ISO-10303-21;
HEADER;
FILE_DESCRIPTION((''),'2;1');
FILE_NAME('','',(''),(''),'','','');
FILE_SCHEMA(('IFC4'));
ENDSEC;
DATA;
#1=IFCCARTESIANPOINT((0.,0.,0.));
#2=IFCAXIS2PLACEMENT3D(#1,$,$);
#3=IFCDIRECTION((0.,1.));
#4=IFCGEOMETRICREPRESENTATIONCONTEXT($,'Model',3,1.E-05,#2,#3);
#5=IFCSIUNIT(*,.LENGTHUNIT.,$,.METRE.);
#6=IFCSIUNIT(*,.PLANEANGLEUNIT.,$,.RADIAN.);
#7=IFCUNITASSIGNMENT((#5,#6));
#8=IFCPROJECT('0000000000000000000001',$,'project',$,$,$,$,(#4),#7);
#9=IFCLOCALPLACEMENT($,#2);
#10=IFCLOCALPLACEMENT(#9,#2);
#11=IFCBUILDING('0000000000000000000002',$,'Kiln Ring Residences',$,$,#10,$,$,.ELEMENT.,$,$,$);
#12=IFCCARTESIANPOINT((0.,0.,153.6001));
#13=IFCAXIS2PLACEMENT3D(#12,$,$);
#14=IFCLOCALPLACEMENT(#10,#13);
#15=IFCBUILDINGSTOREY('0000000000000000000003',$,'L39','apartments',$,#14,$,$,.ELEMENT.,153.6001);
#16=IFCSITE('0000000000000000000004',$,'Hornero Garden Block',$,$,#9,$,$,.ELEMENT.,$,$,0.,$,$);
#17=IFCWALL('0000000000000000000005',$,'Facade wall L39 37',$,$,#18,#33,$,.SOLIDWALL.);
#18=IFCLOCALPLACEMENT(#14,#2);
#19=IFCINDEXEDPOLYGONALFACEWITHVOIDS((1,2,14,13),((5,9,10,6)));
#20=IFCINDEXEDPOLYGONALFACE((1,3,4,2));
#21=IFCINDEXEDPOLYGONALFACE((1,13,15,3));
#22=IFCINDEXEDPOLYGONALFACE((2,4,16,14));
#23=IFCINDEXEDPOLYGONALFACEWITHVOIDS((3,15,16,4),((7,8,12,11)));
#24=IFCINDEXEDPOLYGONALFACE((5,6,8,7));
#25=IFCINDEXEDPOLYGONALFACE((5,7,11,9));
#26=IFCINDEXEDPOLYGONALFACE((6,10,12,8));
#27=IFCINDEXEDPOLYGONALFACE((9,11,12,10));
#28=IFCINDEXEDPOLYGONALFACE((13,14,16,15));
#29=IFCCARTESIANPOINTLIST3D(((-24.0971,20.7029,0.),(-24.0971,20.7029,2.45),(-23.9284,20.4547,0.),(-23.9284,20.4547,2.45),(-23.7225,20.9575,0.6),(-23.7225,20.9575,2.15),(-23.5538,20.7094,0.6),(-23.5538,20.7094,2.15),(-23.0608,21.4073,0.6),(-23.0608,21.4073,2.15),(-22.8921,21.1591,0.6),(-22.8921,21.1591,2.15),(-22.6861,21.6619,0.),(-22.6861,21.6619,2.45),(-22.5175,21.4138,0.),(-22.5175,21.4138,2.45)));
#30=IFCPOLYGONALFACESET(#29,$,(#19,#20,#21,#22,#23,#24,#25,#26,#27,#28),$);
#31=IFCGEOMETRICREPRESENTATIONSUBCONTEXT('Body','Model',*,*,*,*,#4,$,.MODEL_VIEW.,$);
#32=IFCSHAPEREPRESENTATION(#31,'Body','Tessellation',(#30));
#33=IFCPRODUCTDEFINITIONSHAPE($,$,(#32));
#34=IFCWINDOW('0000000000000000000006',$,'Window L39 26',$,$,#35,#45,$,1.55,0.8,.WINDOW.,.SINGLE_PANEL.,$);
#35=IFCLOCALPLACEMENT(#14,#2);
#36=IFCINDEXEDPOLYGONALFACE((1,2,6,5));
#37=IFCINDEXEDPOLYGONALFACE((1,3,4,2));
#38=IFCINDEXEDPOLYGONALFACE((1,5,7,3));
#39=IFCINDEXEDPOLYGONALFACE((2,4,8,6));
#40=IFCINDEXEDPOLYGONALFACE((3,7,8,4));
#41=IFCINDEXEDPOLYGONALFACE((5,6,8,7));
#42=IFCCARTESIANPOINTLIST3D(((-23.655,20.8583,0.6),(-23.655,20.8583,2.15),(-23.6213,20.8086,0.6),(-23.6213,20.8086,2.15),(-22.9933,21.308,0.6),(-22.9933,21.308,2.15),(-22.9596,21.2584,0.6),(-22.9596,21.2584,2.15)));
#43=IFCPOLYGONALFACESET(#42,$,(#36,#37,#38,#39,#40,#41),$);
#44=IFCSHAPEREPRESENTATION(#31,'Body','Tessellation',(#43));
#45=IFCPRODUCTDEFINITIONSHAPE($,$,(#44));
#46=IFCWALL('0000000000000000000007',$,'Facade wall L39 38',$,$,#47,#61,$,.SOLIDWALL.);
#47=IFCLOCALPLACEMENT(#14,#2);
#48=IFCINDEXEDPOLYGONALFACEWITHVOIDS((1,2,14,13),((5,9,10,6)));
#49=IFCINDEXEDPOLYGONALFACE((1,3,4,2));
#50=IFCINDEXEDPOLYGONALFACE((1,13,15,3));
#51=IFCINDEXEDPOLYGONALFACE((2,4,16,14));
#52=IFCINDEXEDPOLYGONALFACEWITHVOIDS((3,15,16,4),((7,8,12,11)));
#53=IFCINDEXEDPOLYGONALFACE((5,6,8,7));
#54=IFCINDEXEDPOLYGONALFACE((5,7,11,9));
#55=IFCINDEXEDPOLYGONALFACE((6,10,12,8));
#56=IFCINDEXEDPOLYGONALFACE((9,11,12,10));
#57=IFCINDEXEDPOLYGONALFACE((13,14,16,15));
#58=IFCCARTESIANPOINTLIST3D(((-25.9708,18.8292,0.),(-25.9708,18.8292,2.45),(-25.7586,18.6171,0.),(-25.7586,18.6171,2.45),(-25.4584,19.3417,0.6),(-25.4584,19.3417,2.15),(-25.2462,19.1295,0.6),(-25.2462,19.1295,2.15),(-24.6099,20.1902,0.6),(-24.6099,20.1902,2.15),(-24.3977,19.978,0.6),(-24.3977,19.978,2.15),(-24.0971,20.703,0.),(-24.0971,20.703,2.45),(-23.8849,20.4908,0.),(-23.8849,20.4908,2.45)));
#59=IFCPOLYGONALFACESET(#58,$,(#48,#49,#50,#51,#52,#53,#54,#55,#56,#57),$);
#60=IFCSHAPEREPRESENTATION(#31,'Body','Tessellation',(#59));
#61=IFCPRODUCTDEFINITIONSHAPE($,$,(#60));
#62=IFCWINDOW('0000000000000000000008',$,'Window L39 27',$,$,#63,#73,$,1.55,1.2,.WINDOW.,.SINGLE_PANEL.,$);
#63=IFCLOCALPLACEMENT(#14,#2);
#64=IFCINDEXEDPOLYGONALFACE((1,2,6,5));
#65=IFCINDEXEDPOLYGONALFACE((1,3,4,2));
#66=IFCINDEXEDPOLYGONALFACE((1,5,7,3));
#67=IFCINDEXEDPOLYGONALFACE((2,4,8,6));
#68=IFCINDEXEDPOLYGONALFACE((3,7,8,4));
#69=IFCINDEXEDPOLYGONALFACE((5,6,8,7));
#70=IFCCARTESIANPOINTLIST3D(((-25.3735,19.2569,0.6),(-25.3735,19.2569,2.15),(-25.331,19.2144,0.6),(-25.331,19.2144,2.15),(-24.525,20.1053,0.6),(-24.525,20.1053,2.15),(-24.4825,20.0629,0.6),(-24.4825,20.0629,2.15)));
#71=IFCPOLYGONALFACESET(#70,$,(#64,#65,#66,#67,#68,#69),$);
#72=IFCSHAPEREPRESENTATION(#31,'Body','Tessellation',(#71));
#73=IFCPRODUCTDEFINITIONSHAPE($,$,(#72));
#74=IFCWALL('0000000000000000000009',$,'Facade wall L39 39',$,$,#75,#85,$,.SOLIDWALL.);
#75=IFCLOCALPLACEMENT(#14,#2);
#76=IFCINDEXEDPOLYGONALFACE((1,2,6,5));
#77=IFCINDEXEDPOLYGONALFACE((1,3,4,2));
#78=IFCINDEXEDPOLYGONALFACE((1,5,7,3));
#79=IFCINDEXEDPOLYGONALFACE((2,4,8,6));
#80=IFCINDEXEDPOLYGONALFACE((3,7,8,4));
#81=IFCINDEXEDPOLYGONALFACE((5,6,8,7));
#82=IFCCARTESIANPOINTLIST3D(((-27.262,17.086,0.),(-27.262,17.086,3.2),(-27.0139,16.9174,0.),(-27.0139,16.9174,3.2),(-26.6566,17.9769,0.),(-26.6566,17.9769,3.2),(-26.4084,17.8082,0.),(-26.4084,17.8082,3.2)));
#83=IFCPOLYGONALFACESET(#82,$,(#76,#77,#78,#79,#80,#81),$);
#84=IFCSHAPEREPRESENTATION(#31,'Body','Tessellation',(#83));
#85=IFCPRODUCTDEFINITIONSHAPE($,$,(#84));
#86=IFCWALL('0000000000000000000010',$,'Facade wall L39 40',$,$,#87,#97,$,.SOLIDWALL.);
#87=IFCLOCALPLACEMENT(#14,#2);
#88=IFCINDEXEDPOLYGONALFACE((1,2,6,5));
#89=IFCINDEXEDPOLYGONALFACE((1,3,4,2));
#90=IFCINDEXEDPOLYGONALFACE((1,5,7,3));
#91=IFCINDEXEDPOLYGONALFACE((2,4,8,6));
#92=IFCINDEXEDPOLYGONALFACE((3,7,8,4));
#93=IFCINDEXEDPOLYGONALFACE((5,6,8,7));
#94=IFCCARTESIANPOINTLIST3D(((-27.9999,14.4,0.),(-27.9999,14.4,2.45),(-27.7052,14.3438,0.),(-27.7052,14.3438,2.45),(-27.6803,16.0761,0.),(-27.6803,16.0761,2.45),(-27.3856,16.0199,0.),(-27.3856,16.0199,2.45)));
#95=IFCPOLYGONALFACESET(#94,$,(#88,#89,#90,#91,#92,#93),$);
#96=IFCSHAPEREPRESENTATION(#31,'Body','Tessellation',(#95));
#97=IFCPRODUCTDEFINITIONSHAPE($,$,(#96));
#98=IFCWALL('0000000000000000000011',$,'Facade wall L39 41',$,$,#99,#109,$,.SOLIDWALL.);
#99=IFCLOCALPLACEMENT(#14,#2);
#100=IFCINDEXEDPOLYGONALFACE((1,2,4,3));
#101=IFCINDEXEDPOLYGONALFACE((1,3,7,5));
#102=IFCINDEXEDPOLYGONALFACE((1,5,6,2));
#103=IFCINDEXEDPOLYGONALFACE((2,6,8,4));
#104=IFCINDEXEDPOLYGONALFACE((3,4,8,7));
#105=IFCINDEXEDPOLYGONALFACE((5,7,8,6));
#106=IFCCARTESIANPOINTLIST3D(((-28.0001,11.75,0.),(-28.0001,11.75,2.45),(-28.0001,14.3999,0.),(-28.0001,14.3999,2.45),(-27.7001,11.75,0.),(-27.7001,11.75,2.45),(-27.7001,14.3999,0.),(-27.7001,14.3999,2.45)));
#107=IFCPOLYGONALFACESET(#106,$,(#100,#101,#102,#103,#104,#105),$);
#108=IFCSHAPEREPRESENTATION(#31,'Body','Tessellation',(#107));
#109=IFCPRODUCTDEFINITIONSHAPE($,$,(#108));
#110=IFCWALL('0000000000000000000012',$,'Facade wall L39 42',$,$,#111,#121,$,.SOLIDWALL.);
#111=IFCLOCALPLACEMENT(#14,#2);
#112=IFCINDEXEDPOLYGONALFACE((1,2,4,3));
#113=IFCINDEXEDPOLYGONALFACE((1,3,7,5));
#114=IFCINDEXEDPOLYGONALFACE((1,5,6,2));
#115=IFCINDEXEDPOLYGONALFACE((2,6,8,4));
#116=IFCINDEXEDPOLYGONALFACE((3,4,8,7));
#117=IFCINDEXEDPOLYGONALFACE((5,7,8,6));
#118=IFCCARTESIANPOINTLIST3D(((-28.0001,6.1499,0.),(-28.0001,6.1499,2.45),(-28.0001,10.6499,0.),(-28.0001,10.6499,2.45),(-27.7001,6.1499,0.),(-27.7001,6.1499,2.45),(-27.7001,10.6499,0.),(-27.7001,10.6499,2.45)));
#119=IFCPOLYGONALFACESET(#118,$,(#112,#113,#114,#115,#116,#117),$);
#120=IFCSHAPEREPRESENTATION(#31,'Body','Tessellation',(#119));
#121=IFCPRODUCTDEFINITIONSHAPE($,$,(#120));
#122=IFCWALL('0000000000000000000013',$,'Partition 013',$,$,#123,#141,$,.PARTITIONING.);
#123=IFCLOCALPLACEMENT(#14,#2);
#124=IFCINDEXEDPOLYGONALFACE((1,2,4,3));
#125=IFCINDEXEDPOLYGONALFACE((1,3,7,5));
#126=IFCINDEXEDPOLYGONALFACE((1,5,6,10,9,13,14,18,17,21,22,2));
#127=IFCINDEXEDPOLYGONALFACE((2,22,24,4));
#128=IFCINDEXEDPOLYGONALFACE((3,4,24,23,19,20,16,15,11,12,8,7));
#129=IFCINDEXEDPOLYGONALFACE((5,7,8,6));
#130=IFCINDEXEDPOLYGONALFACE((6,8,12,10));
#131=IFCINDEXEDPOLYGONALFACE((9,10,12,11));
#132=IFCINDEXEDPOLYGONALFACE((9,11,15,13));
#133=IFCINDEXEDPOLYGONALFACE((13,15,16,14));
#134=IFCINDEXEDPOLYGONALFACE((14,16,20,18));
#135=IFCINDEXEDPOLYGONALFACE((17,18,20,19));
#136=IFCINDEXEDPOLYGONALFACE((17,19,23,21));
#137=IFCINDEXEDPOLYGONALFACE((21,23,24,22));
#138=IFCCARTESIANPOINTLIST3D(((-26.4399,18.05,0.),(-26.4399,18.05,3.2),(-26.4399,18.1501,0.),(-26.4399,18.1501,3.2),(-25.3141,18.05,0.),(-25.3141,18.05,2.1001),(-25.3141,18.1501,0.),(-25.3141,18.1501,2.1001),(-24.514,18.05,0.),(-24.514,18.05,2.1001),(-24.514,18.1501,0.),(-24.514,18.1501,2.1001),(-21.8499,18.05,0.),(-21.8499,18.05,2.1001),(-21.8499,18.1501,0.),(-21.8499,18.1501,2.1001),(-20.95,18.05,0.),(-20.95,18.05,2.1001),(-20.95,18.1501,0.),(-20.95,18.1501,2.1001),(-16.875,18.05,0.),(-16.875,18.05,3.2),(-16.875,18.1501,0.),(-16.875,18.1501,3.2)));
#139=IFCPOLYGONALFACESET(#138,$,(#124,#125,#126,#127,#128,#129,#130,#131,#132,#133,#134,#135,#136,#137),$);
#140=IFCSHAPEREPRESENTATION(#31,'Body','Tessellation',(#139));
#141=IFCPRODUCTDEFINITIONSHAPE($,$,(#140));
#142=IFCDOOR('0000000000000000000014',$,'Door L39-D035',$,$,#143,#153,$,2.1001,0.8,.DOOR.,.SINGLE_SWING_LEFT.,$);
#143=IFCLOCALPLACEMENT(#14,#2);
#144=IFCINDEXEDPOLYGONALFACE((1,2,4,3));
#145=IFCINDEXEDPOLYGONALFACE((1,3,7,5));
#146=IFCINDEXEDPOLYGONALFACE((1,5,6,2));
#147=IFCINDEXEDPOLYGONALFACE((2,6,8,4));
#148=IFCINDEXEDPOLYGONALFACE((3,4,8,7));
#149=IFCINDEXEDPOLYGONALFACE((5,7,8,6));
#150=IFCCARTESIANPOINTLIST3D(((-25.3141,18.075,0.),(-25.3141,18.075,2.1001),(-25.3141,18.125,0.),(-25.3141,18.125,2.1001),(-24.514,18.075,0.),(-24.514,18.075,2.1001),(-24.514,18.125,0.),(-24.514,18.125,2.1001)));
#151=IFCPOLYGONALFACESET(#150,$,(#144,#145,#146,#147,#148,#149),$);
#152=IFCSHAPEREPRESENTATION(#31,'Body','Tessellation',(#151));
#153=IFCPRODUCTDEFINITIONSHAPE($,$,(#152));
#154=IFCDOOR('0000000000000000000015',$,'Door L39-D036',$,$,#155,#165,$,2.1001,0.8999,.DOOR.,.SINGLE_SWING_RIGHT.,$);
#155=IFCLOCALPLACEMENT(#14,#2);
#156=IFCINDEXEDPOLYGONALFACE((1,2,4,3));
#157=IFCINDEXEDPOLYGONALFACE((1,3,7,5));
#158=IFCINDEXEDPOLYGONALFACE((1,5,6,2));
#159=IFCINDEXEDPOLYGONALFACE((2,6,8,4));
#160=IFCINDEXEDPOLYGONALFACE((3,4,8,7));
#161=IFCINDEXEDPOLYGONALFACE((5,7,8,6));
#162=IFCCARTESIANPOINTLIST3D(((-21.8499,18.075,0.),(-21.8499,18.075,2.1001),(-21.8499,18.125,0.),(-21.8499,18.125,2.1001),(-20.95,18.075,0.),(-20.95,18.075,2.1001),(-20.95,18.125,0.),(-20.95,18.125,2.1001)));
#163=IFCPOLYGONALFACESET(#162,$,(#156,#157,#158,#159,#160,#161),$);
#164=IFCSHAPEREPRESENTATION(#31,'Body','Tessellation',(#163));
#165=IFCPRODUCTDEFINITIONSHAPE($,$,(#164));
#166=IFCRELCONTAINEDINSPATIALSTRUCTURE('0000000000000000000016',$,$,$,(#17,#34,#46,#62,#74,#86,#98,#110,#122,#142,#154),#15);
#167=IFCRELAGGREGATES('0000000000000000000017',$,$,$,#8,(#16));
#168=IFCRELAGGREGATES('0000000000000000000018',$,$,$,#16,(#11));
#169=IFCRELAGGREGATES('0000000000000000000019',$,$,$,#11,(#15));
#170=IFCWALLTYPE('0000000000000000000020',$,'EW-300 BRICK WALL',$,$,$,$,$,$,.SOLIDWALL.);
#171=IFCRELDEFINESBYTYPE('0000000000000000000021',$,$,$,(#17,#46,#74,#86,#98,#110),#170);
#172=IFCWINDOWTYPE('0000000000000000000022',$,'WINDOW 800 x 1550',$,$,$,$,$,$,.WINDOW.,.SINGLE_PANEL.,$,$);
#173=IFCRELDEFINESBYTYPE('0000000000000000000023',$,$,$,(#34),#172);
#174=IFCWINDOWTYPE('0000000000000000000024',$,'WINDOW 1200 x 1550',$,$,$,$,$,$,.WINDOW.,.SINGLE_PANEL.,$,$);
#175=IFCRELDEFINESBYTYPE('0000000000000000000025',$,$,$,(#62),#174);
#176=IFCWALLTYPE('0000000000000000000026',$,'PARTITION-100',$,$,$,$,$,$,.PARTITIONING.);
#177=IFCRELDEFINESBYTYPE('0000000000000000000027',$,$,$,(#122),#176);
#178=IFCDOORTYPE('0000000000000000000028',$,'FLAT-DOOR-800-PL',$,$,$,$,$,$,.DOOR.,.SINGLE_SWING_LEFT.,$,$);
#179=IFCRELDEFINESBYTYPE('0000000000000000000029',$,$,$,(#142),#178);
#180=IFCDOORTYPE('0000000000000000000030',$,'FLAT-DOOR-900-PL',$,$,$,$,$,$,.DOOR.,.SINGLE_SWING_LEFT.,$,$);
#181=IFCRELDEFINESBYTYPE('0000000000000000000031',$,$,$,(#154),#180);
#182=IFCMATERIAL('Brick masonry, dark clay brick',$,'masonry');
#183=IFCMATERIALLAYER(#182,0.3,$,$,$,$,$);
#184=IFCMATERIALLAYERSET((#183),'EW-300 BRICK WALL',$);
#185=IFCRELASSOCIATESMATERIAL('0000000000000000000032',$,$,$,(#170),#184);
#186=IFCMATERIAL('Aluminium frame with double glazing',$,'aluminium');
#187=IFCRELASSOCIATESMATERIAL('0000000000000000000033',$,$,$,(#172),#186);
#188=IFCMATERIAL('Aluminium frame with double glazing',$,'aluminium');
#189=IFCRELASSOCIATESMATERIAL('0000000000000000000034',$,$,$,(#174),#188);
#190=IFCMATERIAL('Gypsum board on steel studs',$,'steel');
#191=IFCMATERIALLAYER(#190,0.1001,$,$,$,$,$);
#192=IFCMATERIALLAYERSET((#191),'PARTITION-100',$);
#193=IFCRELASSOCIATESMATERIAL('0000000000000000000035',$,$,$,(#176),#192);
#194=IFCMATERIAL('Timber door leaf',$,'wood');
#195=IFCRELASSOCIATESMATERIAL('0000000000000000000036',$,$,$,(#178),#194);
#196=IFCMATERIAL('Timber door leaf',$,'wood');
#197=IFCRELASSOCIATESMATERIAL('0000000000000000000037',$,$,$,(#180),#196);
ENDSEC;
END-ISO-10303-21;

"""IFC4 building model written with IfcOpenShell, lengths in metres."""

from ifc_helpers import new_model, si_unit, direction, frame, frame_2d, origin, place, context, subcontext, project, spatial, rectangle, extrude, material, layer, layer_set, type_object, element, fill, save


model = new_model("IFC4")

# Units and contexts
model_context = context("Model", 3, precision=1e-05, world=origin(), true_north=direction((0.0, 1.0)))
body_context = subcontext(model_context, "Body", "Model", "MODEL_VIEW")
ifc_project = project(units=[si_unit("LENGTHUNIT", "METRE"), si_unit("PLANEANGLEUNIT", "RADIAN")], contexts=[model_context])

# Site, building, storey
site_placement = place(None, origin())
site = spatial("IfcSite", under=ifc_project, at=site_placement, Name="Hornero Garden Block", CompositionType="ELEMENT", RefElevation=0.0)
building_placement = place(site_placement, origin())
building = spatial("IfcBuilding", under=site, at=building_placement, Name="Kiln Ring Residences", CompositionType="ELEMENT")
storey_placement = place(building_placement, frame((0.0, 0.0, 153.6001)))
storey = spatial("IfcBuildingStorey", under=building, at=storey_placement, Name="L39", Description="apartments", CompositionType="ELEMENT", Elevation=153.6001)

# Walls, openings, windows
ifc_material_1 = material(Name="Brick masonry, dark clay brick", Category="masonry")
ifc_layer_1 = layer(ifc_material_1, 0.3)
ifc_layer_set_1 = layer_set([ifc_layer_1], Name="EW-300 BRICK WALL")
wall_type_1 = type_object("IfcWallType", Name="EW-300 BRICK WALL", PredefinedType="SOLIDWALL", material=ifc_layer_set_1)
ifc_material_2 = material(Name="Aluminium frame with double glazing", Category="aluminium")
window_type_1 = type_object("IfcWindowType", Name="WINDOW 800 x 1550", PartitioningType="SINGLE_PANEL", PredefinedType="WINDOW", material=ifc_material_2)
wall_1_placement = place(storey_placement, frame((-22.6018, 21.5378, 0.0), z_axis=(0.0, 0.0, 1.0), x_axis=(-0.827041, -0.562142, 0.0)))
wall_1 = element("IfcWall", 1, at=wall_1_placement, inside=storey, type_object=wall_type_1, Name="Facade wall L39 37", PredefinedType="SOLIDWALL", context=body_context, shape_type="SweptSolid", body=[
    extrude(rectangle(XDim=1.7061, YDim=0.3, at=frame_2d((0.853, 0.0))), origin(), (0.0, 0.0, 1.0), 2.45),
])
opening_1_placement = place(wall_1_placement, frame((0.4531, 0.0, 0.6001)))
opening_1 = element("IfcOpeningElement", 2, at=opening_1_placement, cuts=wall_1, PredefinedType="OPENING", context=body_context, shape_type="SweptSolid", body=[
    extrude(rectangle(XDim=0.8, YDim=1.55, at=frame_2d((0.3999, 0.7749))), frame((0.0, 0.1599, 0.0), z_axis=(0.0, -1.0, 0.0), x_axis=(1.0, 0.0, 0.0)), (0.0, 0.0, 1.0), 0.3201),
])
window_1_placement = place(opening_1_placement, origin())
window_1 = element("IfcWindow", 3, at=window_1_placement, inside=storey, type_object=window_type_1, Name="Window L39 26", OverallHeight=1.55, OverallWidth=0.8, PartitioningType="SINGLE_PANEL", PredefinedType="WINDOW", context=body_context, shape_type="SweptSolid", body=[
    extrude(rectangle(XDim=0.8, YDim=1.55, at=frame_2d((0.3999, 0.7749))), frame((0.0, 0.03, 0.0), z_axis=(0.0, -1.0, 0.0), x_axis=(1.0, 0.0, 0.0)), (0.0, 0.0, 1.0), 0.0601),
])
fill(opening_1, window_1)
wall_2_placement = place(storey_placement, frame((-23.991, 20.5969, 0.0), z_axis=(0.0, 0.0, 1.0), x_axis=(-0.707107, -0.707107, 0.0)))
wall_2 = element("IfcWall", 4, at=wall_2_placement, inside=storey, type_object=wall_type_1, Name="Facade wall L39 38", PredefinedType="SOLIDWALL", context=body_context, shape_type="SweptSolid", body=[
    extrude(rectangle(XDim=2.6499, YDim=0.3, at=frame_2d((1.325, 0.0))), origin(), (0.0, 0.0, 1.0), 2.45),
])
opening_2_placement = place(wall_2_placement, frame((0.7251, 0.0, 0.6001)))
opening_2 = element("IfcOpeningElement", 5, at=opening_2_placement, cuts=wall_2, PredefinedType="OPENING", context=body_context, shape_type="SweptSolid", body=[
    extrude(rectangle(XDim=1.2, YDim=1.55, at=frame_2d((0.6001, 0.7749))), frame((0.0, 0.1599, 0.0), z_axis=(0.0, -1.0, 0.0), x_axis=(1.0, 0.0, 0.0)), (0.0, 0.0, 1.0), 0.3201),
])
ifc_material_3 = material(Name="Aluminium frame with double glazing", Category="aluminium")
window_type_2 = type_object("IfcWindowType", Name="WINDOW 1200 x 1550", PartitioningType="SINGLE_PANEL", PredefinedType="WINDOW", material=ifc_material_3)
window_2_placement = place(opening_2_placement, origin())
window_2 = element("IfcWindow", 6, at=window_2_placement, inside=storey, type_object=window_type_2, Name="Window L39 27", OverallHeight=1.55, OverallWidth=1.2, PartitioningType="SINGLE_PANEL", PredefinedType="WINDOW", context=body_context, shape_type="SweptSolid", body=[
    extrude(rectangle(XDim=1.2, YDim=1.55, at=frame_2d((0.6001, 0.7749))), frame((0.0, 0.03, 0.0), z_axis=(0.0, -1.0, 0.0), x_axis=(1.0, 0.0, 0.0)), (0.0, 0.0, 1.0), 0.0601),
])
fill(opening_2, window_2)

# Walls
wall_3_placement = place(storey_placement, frame((-26.5325, 17.8926, 0.0), z_axis=(0.0, 0.0, 1.0), x_axis=(-0.562105, -0.827066, 0.0)))
element("IfcWall", 7, at=wall_3_placement, inside=storey, type_object=wall_type_1, Name="Facade wall L39 39", PredefinedType="SOLIDWALL", context=body_context, shape_type="SweptSolid", body=[
    extrude(rectangle(XDim=1.0771, YDim=0.3, at=frame_2d((0.5386, 0.0))), origin(), (0.0, 0.0, 1.0), 3.2),
])
wall_4_placement = place(storey_placement, frame((-27.533, 16.0479, 0.0), z_axis=(0.0, 0.0, 1.0), x_axis=(-0.187303, -0.982302, 0.0)))
element("IfcWall", 8, at=wall_4_placement, inside=storey, type_object=wall_type_1, Name="Facade wall L39 40", PredefinedType="SOLIDWALL", context=body_context, shape_type="SweptSolid", body=[
    extrude(rectangle(XDim=1.7063, YDim=0.3, at=frame_2d((0.853, 0.0))), origin(), (0.0, 0.0, 1.0), 2.45),
])
wall_5_placement = place(storey_placement, frame((-27.8501, 14.3999, 0.0), z_axis=(0.0, 0.0, 1.0), x_axis=(0.0, -1.0, 0.0)))
element("IfcWall", 9, at=wall_5_placement, inside=storey, type_object=wall_type_1, Name="Facade wall L39 41", PredefinedType="SOLIDWALL", context=body_context, shape_type="SweptSolid", body=[
    extrude(rectangle(XDim=2.6499, YDim=0.3, at=frame_2d((1.325, 0.0))), origin(), (0.0, 0.0, 1.0), 2.45),
])
wall_6_placement = place(storey_placement, frame((-27.8501, 10.6499, 0.0), z_axis=(0.0, 0.0, 1.0), x_axis=(0.0, -1.0, 0.0)))
element("IfcWall", 10, at=wall_6_placement, inside=storey, type_object=wall_type_1, Name="Facade wall L39 42", PredefinedType="SOLIDWALL", context=body_context, shape_type="SweptSolid", body=[
    extrude(rectangle(XDim=4.5, YDim=0.3, at=frame_2d((2.25, 0.0))), origin(), (0.0, 0.0, 1.0), 2.45),
])

# Wall, openings, doors
ifc_material_4 = material(Name="Gypsum board on steel studs", Category="steel")
ifc_layer_2 = layer(ifc_material_4, 0.1001)
ifc_layer_set_2 = layer_set([ifc_layer_2], Name="PARTITION-100")
wall_type_2 = type_object("IfcWallType", Name="PARTITION-100", PredefinedType="PARTITIONING", material=ifc_layer_set_2)
wall_7_placement = place(storey_placement, frame((-26.4399, 18.1001, 0.0), z_axis=(0.0, 0.0, 1.0), x_axis=(1.0, 0.0, 0.0)))
wall_7 = element("IfcWall", 11, at=wall_7_placement, inside=storey, type_object=wall_type_2, Name="Partition 013", PredefinedType="PARTITIONING", context=body_context, shape_type="SweptSolid", body=[
    extrude(rectangle(XDim=9.5649, YDim=0.1001, at=frame_2d((4.7825, 0.0))), origin(), (0.0, 0.0, 1.0), 3.2),
])
opening_3_placement = place(wall_7_placement, frame((1.126, 0.0, 0.0)))
opening_3 = element("IfcOpeningElement", 12, at=opening_3_placement, cuts=wall_7, PredefinedType="OPENING", context=body_context, shape_type="SweptSolid", body=[
    extrude(rectangle(XDim=0.8, YDim=2.1001, at=frame_2d((0.3999, 1.05))), frame((0.0, 0.0601, 0.0), z_axis=(0.0, -1.0, 0.0), x_axis=(1.0, 0.0, 0.0)), (0.0, 0.0, 1.0), 0.1201),
])
opening_4_placement = place(wall_7_placement, frame((4.5901, 0.0, 0.0)))
opening_4 = element("IfcOpeningElement", 13, at=opening_4_placement, cuts=wall_7, PredefinedType="OPENING", context=body_context, shape_type="SweptSolid", body=[
    extrude(rectangle(XDim=0.8999, YDim=2.1001, at=frame_2d((0.45, 1.05))), frame((0.0, 0.0601, 0.0), z_axis=(0.0, -1.0, 0.0), x_axis=(1.0, 0.0, 0.0)), (0.0, 0.0, 1.0), 0.1201),
])
ifc_material_5 = material(Name="Timber door leaf", Category="wood")
door_type_1 = type_object("IfcDoorType", Name="FLAT-DOOR-800-PL", OperationType="SINGLE_SWING_LEFT", PredefinedType="DOOR", material=ifc_material_5)
door_1_placement = place(opening_3_placement, origin())
door_1 = element("IfcDoor", 14, at=door_1_placement, inside=storey, type_object=door_type_1, Name="Door L39-D035", OperationType="SINGLE_SWING_LEFT", OverallHeight=2.1001, OverallWidth=0.8, PredefinedType="DOOR", context=body_context, shape_type="SweptSolid", body=[
    extrude(rectangle(XDim=0.8, YDim=2.1001, at=frame_2d((0.3999, 1.05))), frame((0.0, 0.0249, 0.0), z_axis=(0.0, -1.0, 0.0), x_axis=(1.0, 0.0, 0.0)), (0.0, 0.0, 1.0), 0.05),
])
fill(opening_3, door_1)
ifc_material_6 = material(Name="Timber door leaf", Category="wood")
door_type_2 = type_object("IfcDoorType", Name="FLAT-DOOR-900-PL", OperationType="SINGLE_SWING_LEFT", PredefinedType="DOOR", material=ifc_material_6)
door_2_placement = place(opening_4_placement, origin())
door_2 = element("IfcDoor", 15, at=door_2_placement, inside=storey, type_object=door_type_2, Name="Door L39-D036", OperationType="SINGLE_SWING_RIGHT", OverallHeight=2.1001, OverallWidth=0.8999, PredefinedType="DOOR", context=body_context, shape_type="SweptSolid", body=[
    extrude(rectangle(XDim=0.8999, YDim=2.1001, at=frame_2d((0.45, 1.05))), frame((0.0, 0.0249, 0.0), z_axis=(0.0, -1.0, 0.0), x_axis=(1.0, 0.0, 0.0)), (0.0, 0.0, 1.0), 0.05),
])
fill(opening_4, door_2)

save(model, "model.ifc")
